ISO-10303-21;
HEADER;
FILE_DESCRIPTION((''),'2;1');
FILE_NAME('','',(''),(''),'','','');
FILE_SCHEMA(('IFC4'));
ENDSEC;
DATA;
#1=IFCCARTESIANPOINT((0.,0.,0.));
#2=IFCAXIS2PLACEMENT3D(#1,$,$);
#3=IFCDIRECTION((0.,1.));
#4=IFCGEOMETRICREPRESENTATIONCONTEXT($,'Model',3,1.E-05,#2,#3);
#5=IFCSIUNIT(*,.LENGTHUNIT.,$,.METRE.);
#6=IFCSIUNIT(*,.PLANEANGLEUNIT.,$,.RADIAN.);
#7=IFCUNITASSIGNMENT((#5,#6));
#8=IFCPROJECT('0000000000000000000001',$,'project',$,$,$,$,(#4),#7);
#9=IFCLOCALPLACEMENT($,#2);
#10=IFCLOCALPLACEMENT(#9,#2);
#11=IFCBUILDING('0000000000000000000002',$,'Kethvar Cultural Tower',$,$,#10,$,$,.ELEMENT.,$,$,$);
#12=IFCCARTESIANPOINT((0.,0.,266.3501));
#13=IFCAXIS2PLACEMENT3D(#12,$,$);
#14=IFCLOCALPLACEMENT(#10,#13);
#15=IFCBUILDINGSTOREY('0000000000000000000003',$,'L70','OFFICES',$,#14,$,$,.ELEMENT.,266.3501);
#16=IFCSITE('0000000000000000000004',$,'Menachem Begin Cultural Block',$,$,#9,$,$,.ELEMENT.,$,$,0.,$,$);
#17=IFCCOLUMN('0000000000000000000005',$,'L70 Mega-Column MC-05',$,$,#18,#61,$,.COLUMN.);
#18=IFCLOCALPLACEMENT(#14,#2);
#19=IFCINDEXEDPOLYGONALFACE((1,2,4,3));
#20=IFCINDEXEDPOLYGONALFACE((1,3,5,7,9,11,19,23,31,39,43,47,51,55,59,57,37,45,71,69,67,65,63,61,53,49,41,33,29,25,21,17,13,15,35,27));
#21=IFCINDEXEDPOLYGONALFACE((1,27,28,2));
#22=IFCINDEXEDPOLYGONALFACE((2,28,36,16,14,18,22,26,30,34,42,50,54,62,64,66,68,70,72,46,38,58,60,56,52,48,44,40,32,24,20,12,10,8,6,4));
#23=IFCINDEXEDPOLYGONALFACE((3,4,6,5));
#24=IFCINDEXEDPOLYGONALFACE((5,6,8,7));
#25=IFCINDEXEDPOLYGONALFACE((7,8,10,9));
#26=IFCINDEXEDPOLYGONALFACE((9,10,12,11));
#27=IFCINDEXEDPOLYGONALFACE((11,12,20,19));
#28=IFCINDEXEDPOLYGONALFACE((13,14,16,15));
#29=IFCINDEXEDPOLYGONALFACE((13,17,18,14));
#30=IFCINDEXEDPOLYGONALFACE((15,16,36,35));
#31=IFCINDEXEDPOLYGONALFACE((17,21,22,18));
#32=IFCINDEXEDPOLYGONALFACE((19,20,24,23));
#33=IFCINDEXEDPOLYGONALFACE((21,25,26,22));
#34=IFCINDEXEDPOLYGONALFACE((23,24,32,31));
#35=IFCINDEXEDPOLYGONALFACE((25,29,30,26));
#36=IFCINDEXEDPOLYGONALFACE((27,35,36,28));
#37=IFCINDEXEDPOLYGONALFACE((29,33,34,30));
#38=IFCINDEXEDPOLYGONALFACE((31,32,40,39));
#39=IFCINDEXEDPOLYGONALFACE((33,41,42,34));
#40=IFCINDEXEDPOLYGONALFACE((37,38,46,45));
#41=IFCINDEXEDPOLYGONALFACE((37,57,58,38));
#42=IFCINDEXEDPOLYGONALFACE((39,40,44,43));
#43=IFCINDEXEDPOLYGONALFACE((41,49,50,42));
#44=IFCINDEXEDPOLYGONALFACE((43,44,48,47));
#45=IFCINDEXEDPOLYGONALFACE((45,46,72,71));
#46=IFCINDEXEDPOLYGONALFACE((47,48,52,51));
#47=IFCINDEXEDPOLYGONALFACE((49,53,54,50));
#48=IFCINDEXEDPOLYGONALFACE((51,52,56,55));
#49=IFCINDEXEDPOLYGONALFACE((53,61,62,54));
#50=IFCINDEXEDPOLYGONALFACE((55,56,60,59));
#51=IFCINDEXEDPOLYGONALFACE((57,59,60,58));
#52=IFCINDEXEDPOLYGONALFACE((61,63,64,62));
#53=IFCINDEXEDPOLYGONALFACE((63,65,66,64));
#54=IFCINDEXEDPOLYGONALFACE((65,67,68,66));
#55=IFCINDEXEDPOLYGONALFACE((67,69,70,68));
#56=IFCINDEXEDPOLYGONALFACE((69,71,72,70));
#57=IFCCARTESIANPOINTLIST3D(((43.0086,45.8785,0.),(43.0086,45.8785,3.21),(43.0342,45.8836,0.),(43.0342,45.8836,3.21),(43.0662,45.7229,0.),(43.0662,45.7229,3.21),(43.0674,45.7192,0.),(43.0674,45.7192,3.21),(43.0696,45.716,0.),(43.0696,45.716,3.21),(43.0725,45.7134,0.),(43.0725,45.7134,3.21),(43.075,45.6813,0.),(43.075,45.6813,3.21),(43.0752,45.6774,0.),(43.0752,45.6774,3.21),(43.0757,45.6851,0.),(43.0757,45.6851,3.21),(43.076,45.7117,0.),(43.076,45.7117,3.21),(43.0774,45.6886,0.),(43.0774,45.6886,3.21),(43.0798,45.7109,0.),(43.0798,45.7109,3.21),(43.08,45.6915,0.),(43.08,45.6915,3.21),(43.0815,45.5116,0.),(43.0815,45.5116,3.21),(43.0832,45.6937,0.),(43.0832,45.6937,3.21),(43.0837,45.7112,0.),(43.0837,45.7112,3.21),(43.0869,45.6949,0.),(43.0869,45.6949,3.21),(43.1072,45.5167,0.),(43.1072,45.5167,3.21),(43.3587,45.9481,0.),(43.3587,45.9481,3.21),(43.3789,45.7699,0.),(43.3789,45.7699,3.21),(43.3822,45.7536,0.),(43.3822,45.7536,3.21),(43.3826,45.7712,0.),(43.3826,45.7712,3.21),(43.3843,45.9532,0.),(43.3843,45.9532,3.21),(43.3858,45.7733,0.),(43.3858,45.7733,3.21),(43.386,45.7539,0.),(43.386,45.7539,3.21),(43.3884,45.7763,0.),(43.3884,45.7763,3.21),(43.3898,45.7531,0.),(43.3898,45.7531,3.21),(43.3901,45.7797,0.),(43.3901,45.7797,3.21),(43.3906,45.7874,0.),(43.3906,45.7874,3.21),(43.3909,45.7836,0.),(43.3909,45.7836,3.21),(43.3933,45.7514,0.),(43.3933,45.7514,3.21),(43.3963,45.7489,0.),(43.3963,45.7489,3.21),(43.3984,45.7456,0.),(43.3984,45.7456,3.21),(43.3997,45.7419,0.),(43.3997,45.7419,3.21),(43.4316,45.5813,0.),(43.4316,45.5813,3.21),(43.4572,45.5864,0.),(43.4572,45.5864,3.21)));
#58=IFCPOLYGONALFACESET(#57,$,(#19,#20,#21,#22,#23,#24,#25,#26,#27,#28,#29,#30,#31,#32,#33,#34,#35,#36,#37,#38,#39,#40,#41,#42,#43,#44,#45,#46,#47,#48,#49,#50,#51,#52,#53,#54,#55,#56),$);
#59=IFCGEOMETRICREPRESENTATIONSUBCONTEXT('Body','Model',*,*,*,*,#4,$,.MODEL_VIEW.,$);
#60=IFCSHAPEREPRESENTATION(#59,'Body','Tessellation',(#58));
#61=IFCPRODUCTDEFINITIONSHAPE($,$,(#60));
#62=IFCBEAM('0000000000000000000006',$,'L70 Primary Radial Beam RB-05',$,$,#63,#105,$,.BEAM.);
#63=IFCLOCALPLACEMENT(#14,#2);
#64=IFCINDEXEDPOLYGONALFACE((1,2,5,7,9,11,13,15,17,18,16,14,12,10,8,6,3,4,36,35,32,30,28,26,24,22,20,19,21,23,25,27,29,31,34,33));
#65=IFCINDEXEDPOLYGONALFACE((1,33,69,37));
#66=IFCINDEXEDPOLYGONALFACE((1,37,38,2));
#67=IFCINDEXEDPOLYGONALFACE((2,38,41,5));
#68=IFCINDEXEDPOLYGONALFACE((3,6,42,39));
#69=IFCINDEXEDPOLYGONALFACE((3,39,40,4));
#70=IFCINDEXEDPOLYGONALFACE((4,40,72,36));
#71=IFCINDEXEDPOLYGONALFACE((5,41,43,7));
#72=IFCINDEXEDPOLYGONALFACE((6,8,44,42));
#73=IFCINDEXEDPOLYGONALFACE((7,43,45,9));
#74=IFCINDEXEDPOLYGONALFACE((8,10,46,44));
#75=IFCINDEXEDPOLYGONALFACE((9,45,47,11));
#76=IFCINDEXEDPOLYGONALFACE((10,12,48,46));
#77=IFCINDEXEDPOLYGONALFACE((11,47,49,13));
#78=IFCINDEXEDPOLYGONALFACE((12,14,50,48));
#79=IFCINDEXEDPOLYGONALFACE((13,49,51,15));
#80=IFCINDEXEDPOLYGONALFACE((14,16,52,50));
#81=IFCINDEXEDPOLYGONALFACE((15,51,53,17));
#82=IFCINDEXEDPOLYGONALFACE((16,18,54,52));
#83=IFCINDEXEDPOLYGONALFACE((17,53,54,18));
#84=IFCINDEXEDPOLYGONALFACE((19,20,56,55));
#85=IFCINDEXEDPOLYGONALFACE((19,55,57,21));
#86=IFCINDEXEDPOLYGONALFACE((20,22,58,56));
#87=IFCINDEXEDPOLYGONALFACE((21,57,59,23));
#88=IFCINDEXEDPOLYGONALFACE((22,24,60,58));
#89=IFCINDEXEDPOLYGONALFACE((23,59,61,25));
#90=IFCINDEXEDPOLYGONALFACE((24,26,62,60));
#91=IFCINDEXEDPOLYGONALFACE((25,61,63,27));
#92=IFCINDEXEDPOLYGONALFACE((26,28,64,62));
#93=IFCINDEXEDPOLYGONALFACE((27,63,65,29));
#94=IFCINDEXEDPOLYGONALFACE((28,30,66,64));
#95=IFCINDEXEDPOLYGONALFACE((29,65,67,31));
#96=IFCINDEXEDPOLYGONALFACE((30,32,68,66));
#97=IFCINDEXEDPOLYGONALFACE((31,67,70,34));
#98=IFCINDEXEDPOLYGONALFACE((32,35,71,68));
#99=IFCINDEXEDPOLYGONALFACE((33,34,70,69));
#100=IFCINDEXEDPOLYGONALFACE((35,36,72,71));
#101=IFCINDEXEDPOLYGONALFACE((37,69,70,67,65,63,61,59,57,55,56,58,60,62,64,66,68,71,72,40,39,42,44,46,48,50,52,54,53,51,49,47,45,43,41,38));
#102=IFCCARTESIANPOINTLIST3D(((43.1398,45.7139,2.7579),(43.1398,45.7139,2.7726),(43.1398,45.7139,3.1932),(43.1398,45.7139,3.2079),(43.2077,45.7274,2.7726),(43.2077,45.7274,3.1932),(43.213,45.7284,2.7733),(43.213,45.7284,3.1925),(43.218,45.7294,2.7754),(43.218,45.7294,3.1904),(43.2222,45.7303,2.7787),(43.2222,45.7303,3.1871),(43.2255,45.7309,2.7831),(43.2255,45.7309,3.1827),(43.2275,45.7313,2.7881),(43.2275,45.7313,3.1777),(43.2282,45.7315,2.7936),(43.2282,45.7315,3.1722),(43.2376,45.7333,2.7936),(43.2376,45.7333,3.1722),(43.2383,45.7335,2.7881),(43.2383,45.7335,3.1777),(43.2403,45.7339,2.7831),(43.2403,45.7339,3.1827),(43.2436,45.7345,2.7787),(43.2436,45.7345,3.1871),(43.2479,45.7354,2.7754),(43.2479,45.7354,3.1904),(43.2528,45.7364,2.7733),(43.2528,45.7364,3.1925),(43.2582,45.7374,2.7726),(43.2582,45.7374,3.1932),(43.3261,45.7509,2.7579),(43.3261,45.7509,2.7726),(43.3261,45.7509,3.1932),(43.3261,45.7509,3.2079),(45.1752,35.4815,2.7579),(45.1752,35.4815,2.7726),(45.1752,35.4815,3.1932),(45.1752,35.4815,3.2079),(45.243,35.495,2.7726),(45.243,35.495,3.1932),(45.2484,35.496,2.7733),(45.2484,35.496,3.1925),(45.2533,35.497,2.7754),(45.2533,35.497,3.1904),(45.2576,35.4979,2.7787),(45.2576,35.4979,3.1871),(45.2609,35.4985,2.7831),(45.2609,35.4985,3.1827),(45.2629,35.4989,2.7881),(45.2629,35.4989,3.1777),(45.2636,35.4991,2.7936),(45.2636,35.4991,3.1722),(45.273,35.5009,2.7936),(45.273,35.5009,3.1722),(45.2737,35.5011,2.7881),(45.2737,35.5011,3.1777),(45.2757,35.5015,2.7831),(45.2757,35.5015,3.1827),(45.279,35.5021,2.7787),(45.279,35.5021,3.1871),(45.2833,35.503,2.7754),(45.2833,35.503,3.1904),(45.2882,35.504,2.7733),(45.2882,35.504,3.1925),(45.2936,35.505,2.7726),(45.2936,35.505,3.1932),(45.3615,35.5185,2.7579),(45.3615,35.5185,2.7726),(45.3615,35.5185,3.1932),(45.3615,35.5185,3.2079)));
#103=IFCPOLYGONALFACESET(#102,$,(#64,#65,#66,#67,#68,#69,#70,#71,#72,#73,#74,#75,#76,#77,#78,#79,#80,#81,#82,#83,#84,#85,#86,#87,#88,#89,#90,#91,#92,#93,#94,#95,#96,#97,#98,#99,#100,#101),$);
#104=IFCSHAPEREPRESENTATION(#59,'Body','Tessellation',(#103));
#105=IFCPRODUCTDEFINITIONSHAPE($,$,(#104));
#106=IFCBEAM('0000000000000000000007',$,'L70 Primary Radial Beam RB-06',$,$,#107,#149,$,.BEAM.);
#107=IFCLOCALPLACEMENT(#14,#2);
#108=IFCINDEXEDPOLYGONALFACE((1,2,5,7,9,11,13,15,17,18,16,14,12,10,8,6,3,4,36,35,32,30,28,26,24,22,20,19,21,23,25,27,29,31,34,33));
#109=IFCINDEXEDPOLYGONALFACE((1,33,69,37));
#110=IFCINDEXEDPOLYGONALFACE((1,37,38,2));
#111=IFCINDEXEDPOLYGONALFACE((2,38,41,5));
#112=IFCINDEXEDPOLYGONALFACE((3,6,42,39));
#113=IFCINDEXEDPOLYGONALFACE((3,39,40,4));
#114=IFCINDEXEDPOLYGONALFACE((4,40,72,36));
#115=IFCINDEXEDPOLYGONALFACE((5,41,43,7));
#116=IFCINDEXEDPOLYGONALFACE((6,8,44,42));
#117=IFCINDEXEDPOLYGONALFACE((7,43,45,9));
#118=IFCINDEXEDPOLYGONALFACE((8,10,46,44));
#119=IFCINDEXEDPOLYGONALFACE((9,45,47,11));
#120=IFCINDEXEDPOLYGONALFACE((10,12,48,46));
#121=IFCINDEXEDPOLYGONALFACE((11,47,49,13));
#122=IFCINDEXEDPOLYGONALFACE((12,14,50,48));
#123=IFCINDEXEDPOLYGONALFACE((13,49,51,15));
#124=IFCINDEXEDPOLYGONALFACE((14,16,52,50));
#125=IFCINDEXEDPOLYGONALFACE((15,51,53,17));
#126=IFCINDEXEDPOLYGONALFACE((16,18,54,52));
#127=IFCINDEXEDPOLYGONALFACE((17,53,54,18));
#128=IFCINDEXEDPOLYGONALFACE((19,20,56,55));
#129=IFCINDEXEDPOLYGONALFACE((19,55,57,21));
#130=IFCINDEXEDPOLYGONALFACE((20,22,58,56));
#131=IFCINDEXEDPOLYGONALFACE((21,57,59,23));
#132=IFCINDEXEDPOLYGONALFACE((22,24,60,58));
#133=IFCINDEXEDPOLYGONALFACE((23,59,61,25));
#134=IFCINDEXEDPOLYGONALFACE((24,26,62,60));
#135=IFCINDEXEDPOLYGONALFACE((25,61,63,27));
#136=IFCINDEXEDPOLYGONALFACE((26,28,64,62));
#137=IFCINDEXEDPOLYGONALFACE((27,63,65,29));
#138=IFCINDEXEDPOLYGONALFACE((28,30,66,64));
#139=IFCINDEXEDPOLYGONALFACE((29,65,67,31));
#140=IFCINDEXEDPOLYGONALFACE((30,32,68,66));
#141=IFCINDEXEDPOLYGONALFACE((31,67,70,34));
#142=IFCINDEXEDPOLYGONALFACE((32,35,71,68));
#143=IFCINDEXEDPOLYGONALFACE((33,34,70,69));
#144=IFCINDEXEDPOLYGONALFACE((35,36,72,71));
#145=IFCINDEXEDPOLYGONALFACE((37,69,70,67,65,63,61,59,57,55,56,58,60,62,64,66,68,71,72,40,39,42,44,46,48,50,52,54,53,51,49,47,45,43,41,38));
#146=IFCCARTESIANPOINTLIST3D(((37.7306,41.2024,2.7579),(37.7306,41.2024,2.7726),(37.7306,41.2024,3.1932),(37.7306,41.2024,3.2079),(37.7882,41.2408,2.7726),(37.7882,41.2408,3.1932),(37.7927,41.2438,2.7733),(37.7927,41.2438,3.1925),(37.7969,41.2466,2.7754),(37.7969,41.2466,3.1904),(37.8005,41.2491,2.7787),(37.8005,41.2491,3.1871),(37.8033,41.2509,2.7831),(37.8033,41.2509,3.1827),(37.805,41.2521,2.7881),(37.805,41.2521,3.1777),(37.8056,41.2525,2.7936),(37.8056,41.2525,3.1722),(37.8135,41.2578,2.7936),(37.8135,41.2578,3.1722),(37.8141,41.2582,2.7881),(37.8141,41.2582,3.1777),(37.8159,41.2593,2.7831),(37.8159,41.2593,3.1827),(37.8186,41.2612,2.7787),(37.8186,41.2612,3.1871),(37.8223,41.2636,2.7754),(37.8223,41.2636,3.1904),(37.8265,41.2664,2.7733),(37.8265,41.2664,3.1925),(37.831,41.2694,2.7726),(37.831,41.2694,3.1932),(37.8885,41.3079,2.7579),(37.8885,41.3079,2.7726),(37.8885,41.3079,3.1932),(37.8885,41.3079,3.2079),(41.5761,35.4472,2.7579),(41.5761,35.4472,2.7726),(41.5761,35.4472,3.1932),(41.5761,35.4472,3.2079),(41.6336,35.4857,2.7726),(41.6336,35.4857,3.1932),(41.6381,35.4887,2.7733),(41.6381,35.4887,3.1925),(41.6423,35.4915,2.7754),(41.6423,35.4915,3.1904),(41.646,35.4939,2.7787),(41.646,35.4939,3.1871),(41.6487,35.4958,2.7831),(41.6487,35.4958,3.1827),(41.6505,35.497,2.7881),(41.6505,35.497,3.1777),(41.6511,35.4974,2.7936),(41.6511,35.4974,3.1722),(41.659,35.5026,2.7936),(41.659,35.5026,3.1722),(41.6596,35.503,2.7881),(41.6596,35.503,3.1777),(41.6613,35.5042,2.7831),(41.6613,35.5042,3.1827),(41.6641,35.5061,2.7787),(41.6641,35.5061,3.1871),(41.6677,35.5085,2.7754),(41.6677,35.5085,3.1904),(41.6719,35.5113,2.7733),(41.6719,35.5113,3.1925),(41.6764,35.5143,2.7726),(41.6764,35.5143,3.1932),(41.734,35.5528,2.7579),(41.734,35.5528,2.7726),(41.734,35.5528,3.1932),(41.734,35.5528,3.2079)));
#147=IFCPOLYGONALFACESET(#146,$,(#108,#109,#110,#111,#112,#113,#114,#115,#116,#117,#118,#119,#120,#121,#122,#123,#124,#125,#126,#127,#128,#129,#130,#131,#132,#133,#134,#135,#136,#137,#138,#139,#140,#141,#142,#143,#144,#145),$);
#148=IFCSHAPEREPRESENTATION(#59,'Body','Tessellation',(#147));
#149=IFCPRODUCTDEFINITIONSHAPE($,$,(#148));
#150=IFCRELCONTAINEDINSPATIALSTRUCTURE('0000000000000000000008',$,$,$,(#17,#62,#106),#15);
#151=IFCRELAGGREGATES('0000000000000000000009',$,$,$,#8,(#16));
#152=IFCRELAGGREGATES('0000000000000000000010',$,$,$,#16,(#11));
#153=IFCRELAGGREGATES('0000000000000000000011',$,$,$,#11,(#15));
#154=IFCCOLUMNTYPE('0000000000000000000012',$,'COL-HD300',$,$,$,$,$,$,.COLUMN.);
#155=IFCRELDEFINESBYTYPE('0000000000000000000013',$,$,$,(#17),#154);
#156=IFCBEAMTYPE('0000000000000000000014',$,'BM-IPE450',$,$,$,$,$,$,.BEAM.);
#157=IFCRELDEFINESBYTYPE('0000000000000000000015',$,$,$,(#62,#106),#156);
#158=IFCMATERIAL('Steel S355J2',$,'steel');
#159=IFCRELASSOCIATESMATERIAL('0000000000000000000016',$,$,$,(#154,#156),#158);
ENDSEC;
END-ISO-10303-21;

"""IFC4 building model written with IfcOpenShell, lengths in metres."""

from ifc_helpers import new_model, si_unit, direction, frame, origin, origin_2d, place, context, subcontext, project, spatial, i_section, extrude, source, transform, mapped, material, material_profile, profile_set, type_object, element, save


model = new_model("IFC4")

# Units and contexts
model_context = context("Model", 3, precision=1e-05, world=origin(), true_north=direction((0.0, 1.0)))
body_context = subcontext(model_context, "Body", "Model", "MODEL_VIEW")
ifc_project = project(units=[si_unit("LENGTHUNIT", "METRE"), si_unit("PLANEANGLEUNIT", "RADIAN")], contexts=[model_context])

# Site, building, storey
site_placement = place(None, origin())
site = spatial("IfcSite", under=ifc_project, at=site_placement, Name="Menachem Begin Cultural Block", CompositionType="ELEMENT", RefElevation=0.0)
building_placement = place(site_placement, origin())
building = spatial("IfcBuilding", under=site, at=building_placement, Name="Kethvar Cultural Tower", CompositionType="ELEMENT")
storey_placement = place(building_placement, frame((0.0, 0.0, 266.3501)))
storey = spatial("IfcBuildingStorey", under=building, at=storey_placement, Name="L70", Description="OFFICES", CompositionType="ELEMENT", Elevation=266.3501)

# Column
ifc_material_1 = material(Name="Steel S355J2", Category="steel")
ifc_material_profile_1 = material_profile(ifc_material_1, i_section(OverallWidth=0.374, OverallDepth=0.3831, WebThickness=0.0166, FlangeThickness=0.0261, FilletRadius=0.0149, at=origin_2d()), Name="Steel S355J2 — HD360x300")
ifc_profile_set_1 = profile_set([ifc_material_profile_1], Name="Steel S355J2 — HD360x300")
column_type = type_object("IfcColumnType", Name="COL-HD300", PredefinedType="COLUMN", material=ifc_profile_set_1)
shared_shape_1 = source(origin(), body_context, "Body", "SweptSolid", [
    extrude(i_section(OverallWidth=0.374, OverallDepth=0.3831, WebThickness=0.0166, FlangeThickness=0.0261, FilletRadius=0.0149, at=origin_2d()), origin(), (0.0, 0.0, 1.0), 3.21),
])
column_placement = place(storey_placement, frame((43.2329, 45.7324, 0.0), z_axis=(0.0, 0.0, 1.0), x_axis=(-0.19509, 0.980785, 0.0)))
element("IfcColumn", 1, at=column_placement, inside=storey, type_object=column_type, Name="L70 Mega-Column MC-05", PredefinedType="COLUMN", context=body_context, shape_type="MappedRepresentation", body=[
    mapped(shared_shape_1, transform((0.0, 0.0, 0.0), scale=1.0)),
])

# Beams
ifc_material_profile_2 = material_profile(ifc_material_1, i_section(OverallWidth=0.1899, OverallDepth=0.45, WebThickness=0.0095, FlangeThickness=0.0146, FilletRadius=0.021, at=origin_2d()), Name="Steel S355J2 — IPE450")
ifc_profile_set_2 = profile_set([ifc_material_profile_2], Name="Steel S355J2 — IPE450")
beam_type_1 = type_object("IfcBeamType", Name="BM-IPE450", PredefinedType="BEAM", material=ifc_profile_set_2)
shared_shape_2 = source(origin(), body_context, "Body", "SweptSolid", [
    extrude(i_section(OverallWidth=0.1899, OverallDepth=0.45, WebThickness=0.0095, FlangeThickness=0.0146, FilletRadius=0.021, at=origin_2d()), origin(), (0.0, 0.0, 1.0), 10.4329),
])
beam_1_placement = place(storey_placement, frame((45.2683, 35.5, 2.9829), z_axis=(-0.195094, 0.980784, 0.0), x_axis=(-0.980784, -0.195094, 0.0)))
element("IfcBeam", 2, at=beam_1_placement, inside=storey, type_object=beam_type_1, Name="L70 Primary Radial Beam RB-05", PredefinedType="BEAM", context=body_context, shape_type="MappedRepresentation", body=[
    mapped(shared_shape_2, transform((0.0, 0.0, 0.0), scale=1.0)),
])
shared_shape_3 = source(origin(), body_context, "Body", "SweptSolid", [
    extrude(i_section(OverallWidth=0.1899, OverallDepth=0.45, WebThickness=0.0095, FlangeThickness=0.0146, FilletRadius=0.021, at=origin_2d()), origin(), (0.0, 0.0, 1.0), 6.9216),
])
beam_2_placement = place(storey_placement, frame((41.655, 35.5, 2.9829), z_axis=(-0.555571, 0.831469, 0.0), x_axis=(-0.831469, -0.555571, 0.0)))
element("IfcBeam", 3, at=beam_2_placement, inside=storey, type_object=beam_type_1, Name="L70 Primary Radial Beam RB-06", PredefinedType="BEAM", context=body_context, shape_type="MappedRepresentation", body=[
    mapped(shared_shape_3, transform((0.0, 0.0, 0.0), scale=1.0)),
])

save(model, "model.ifc")
